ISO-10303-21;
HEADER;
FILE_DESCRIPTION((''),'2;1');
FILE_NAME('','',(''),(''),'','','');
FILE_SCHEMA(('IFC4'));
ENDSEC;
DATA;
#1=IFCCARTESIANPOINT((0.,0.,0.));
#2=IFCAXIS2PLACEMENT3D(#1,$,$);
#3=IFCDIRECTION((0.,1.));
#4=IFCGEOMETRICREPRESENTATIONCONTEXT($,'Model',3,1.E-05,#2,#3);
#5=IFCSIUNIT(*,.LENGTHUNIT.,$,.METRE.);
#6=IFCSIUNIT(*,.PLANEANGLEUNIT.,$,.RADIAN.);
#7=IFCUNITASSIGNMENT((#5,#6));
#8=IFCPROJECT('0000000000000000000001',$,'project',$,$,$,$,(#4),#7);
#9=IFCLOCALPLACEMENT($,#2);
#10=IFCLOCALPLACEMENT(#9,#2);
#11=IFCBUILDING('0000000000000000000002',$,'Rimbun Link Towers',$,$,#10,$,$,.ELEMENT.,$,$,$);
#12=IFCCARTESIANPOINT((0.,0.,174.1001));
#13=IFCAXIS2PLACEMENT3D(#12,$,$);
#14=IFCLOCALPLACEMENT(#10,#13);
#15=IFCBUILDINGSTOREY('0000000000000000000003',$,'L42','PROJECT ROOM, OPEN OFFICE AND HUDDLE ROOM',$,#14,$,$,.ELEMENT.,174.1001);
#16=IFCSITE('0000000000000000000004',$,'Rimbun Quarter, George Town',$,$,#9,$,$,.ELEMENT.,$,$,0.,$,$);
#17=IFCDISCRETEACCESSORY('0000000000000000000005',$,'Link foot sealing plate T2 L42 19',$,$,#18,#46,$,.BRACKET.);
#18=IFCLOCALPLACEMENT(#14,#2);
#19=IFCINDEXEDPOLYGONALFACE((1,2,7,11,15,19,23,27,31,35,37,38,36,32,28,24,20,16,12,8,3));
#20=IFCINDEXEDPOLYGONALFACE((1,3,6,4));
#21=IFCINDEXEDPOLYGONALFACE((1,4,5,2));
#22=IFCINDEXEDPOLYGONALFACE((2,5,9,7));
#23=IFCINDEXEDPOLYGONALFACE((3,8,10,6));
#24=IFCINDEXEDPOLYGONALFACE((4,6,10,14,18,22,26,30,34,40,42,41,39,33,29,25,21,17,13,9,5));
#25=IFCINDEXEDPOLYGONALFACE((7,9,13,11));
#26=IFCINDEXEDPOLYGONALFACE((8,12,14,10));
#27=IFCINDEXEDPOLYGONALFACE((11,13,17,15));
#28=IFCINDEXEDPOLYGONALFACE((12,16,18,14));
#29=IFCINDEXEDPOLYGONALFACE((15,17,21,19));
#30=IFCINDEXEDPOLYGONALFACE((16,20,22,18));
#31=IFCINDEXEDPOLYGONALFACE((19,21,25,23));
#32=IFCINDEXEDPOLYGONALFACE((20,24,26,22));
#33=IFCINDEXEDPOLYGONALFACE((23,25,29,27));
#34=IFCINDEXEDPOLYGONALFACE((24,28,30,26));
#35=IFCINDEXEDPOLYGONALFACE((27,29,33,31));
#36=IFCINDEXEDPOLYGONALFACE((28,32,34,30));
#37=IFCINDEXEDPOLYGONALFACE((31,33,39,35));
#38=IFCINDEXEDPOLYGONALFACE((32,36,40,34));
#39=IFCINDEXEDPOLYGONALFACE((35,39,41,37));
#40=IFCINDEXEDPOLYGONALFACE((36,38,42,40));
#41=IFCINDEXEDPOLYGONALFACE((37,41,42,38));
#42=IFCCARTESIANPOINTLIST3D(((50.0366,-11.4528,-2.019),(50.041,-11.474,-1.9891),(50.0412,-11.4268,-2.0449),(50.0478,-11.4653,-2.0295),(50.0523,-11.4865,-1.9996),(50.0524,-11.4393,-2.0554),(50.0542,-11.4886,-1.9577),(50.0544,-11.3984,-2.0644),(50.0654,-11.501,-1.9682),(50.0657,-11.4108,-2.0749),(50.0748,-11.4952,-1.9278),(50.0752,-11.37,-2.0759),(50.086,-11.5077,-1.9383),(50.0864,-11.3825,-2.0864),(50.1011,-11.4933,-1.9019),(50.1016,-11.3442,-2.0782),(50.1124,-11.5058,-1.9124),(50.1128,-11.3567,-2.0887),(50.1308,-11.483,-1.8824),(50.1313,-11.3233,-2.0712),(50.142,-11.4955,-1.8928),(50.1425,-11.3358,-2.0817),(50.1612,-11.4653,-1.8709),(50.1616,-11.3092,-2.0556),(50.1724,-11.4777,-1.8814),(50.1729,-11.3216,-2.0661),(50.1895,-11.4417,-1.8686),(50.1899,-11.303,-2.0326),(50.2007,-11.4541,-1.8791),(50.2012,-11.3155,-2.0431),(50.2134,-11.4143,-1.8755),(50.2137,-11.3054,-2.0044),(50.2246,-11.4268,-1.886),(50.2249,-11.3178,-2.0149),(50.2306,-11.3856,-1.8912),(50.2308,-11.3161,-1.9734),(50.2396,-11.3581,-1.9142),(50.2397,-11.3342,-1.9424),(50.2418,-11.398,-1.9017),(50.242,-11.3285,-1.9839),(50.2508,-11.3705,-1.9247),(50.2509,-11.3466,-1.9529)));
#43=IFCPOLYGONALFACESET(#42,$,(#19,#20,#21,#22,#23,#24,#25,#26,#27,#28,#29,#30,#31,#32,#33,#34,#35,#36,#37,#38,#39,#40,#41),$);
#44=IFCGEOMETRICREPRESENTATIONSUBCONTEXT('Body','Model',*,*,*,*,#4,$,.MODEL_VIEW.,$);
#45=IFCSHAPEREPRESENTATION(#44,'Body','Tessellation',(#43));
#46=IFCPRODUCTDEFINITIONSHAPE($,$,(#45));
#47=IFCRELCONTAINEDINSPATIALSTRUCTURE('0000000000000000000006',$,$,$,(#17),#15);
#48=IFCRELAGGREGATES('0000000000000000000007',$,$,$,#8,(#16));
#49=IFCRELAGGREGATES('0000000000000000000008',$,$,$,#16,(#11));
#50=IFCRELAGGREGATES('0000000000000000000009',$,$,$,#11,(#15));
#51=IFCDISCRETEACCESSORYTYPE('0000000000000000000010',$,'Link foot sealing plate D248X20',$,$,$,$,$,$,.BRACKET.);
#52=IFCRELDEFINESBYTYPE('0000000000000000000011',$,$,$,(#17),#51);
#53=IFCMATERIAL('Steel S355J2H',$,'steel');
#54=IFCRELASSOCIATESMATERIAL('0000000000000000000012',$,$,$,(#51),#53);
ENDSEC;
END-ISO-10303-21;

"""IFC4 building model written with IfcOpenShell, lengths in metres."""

from ifc_helpers import new_model, si_unit, direction, frame, origin, origin_2d, place, context, subcontext, project, spatial, circle, extrude, material, material_profile, profile_set, type_object, element, save


model = new_model("IFC4")

# Units and contexts
model_context = context("Model", 3, precision=1e-05, world=origin(), true_north=direction((0.0, 1.0)))
body_context = subcontext(model_context, "Body", "Model", "MODEL_VIEW")
ifc_project = project(units=[si_unit("LENGTHUNIT", "METRE"), si_unit("PLANEANGLEUNIT", "RADIAN")], contexts=[model_context])

# Site, building, storey
site_placement = place(None, origin())
site = spatial("IfcSite", under=ifc_project, at=site_placement, Name="Rimbun Quarter, George Town", CompositionType="ELEMENT", RefElevation=0.0)
building_placement = place(site_placement, origin())
building = spatial("IfcBuilding", under=site, at=building_placement, Name="Rimbun Link Towers", CompositionType="ELEMENT")
storey_placement = place(building_placement, frame((0.0, 0.0, 174.1001)))
storey = spatial("IfcBuildingStorey", under=building, at=storey_placement, Name="L42", Description="PROJECT ROOM, OPEN OFFICE AND HUDDLE ROOM", CompositionType="ELEMENT", Elevation=174.1001)

# Discrete accessory
ifc_material_1 = material(Name="Steel S355J2H", Category="steel")
ifc_material_profile_1 = material_profile(ifc_material_1, circle(Radius=0.124, at=origin_2d()), Name="PL D248")
ifc_profile_set_1 = profile_set([ifc_material_profile_1], Name="Steel S355J2H")
discrete_accessory_type = type_object("IfcDiscreteAccessoryType", Name="Link foot sealing plate D248X20", PredefinedType="BRACKET", material=ifc_profile_set_1)
discrete_accessory_1_placement = place(storey_placement, frame((50.1387, -11.3992, -1.9734), z_axis=(0.567685, -0.62939, -0.530662), x_axis=(0.74257, 0.669769, 0.0)))
element("IfcDiscreteAccessory", 1, at=discrete_accessory_1_placement, inside=storey, type_object=discrete_accessory_type, Name="Link foot sealing plate T2 L42 19", PredefinedType="BRACKET", context=body_context, shape_type="SweptSolid", body=[
    extrude(circle(Radius=0.124, at=origin_2d()), origin(), (0.0, 0.0, 1.0), 0.0198),
])

save(model, "model.ifc")
